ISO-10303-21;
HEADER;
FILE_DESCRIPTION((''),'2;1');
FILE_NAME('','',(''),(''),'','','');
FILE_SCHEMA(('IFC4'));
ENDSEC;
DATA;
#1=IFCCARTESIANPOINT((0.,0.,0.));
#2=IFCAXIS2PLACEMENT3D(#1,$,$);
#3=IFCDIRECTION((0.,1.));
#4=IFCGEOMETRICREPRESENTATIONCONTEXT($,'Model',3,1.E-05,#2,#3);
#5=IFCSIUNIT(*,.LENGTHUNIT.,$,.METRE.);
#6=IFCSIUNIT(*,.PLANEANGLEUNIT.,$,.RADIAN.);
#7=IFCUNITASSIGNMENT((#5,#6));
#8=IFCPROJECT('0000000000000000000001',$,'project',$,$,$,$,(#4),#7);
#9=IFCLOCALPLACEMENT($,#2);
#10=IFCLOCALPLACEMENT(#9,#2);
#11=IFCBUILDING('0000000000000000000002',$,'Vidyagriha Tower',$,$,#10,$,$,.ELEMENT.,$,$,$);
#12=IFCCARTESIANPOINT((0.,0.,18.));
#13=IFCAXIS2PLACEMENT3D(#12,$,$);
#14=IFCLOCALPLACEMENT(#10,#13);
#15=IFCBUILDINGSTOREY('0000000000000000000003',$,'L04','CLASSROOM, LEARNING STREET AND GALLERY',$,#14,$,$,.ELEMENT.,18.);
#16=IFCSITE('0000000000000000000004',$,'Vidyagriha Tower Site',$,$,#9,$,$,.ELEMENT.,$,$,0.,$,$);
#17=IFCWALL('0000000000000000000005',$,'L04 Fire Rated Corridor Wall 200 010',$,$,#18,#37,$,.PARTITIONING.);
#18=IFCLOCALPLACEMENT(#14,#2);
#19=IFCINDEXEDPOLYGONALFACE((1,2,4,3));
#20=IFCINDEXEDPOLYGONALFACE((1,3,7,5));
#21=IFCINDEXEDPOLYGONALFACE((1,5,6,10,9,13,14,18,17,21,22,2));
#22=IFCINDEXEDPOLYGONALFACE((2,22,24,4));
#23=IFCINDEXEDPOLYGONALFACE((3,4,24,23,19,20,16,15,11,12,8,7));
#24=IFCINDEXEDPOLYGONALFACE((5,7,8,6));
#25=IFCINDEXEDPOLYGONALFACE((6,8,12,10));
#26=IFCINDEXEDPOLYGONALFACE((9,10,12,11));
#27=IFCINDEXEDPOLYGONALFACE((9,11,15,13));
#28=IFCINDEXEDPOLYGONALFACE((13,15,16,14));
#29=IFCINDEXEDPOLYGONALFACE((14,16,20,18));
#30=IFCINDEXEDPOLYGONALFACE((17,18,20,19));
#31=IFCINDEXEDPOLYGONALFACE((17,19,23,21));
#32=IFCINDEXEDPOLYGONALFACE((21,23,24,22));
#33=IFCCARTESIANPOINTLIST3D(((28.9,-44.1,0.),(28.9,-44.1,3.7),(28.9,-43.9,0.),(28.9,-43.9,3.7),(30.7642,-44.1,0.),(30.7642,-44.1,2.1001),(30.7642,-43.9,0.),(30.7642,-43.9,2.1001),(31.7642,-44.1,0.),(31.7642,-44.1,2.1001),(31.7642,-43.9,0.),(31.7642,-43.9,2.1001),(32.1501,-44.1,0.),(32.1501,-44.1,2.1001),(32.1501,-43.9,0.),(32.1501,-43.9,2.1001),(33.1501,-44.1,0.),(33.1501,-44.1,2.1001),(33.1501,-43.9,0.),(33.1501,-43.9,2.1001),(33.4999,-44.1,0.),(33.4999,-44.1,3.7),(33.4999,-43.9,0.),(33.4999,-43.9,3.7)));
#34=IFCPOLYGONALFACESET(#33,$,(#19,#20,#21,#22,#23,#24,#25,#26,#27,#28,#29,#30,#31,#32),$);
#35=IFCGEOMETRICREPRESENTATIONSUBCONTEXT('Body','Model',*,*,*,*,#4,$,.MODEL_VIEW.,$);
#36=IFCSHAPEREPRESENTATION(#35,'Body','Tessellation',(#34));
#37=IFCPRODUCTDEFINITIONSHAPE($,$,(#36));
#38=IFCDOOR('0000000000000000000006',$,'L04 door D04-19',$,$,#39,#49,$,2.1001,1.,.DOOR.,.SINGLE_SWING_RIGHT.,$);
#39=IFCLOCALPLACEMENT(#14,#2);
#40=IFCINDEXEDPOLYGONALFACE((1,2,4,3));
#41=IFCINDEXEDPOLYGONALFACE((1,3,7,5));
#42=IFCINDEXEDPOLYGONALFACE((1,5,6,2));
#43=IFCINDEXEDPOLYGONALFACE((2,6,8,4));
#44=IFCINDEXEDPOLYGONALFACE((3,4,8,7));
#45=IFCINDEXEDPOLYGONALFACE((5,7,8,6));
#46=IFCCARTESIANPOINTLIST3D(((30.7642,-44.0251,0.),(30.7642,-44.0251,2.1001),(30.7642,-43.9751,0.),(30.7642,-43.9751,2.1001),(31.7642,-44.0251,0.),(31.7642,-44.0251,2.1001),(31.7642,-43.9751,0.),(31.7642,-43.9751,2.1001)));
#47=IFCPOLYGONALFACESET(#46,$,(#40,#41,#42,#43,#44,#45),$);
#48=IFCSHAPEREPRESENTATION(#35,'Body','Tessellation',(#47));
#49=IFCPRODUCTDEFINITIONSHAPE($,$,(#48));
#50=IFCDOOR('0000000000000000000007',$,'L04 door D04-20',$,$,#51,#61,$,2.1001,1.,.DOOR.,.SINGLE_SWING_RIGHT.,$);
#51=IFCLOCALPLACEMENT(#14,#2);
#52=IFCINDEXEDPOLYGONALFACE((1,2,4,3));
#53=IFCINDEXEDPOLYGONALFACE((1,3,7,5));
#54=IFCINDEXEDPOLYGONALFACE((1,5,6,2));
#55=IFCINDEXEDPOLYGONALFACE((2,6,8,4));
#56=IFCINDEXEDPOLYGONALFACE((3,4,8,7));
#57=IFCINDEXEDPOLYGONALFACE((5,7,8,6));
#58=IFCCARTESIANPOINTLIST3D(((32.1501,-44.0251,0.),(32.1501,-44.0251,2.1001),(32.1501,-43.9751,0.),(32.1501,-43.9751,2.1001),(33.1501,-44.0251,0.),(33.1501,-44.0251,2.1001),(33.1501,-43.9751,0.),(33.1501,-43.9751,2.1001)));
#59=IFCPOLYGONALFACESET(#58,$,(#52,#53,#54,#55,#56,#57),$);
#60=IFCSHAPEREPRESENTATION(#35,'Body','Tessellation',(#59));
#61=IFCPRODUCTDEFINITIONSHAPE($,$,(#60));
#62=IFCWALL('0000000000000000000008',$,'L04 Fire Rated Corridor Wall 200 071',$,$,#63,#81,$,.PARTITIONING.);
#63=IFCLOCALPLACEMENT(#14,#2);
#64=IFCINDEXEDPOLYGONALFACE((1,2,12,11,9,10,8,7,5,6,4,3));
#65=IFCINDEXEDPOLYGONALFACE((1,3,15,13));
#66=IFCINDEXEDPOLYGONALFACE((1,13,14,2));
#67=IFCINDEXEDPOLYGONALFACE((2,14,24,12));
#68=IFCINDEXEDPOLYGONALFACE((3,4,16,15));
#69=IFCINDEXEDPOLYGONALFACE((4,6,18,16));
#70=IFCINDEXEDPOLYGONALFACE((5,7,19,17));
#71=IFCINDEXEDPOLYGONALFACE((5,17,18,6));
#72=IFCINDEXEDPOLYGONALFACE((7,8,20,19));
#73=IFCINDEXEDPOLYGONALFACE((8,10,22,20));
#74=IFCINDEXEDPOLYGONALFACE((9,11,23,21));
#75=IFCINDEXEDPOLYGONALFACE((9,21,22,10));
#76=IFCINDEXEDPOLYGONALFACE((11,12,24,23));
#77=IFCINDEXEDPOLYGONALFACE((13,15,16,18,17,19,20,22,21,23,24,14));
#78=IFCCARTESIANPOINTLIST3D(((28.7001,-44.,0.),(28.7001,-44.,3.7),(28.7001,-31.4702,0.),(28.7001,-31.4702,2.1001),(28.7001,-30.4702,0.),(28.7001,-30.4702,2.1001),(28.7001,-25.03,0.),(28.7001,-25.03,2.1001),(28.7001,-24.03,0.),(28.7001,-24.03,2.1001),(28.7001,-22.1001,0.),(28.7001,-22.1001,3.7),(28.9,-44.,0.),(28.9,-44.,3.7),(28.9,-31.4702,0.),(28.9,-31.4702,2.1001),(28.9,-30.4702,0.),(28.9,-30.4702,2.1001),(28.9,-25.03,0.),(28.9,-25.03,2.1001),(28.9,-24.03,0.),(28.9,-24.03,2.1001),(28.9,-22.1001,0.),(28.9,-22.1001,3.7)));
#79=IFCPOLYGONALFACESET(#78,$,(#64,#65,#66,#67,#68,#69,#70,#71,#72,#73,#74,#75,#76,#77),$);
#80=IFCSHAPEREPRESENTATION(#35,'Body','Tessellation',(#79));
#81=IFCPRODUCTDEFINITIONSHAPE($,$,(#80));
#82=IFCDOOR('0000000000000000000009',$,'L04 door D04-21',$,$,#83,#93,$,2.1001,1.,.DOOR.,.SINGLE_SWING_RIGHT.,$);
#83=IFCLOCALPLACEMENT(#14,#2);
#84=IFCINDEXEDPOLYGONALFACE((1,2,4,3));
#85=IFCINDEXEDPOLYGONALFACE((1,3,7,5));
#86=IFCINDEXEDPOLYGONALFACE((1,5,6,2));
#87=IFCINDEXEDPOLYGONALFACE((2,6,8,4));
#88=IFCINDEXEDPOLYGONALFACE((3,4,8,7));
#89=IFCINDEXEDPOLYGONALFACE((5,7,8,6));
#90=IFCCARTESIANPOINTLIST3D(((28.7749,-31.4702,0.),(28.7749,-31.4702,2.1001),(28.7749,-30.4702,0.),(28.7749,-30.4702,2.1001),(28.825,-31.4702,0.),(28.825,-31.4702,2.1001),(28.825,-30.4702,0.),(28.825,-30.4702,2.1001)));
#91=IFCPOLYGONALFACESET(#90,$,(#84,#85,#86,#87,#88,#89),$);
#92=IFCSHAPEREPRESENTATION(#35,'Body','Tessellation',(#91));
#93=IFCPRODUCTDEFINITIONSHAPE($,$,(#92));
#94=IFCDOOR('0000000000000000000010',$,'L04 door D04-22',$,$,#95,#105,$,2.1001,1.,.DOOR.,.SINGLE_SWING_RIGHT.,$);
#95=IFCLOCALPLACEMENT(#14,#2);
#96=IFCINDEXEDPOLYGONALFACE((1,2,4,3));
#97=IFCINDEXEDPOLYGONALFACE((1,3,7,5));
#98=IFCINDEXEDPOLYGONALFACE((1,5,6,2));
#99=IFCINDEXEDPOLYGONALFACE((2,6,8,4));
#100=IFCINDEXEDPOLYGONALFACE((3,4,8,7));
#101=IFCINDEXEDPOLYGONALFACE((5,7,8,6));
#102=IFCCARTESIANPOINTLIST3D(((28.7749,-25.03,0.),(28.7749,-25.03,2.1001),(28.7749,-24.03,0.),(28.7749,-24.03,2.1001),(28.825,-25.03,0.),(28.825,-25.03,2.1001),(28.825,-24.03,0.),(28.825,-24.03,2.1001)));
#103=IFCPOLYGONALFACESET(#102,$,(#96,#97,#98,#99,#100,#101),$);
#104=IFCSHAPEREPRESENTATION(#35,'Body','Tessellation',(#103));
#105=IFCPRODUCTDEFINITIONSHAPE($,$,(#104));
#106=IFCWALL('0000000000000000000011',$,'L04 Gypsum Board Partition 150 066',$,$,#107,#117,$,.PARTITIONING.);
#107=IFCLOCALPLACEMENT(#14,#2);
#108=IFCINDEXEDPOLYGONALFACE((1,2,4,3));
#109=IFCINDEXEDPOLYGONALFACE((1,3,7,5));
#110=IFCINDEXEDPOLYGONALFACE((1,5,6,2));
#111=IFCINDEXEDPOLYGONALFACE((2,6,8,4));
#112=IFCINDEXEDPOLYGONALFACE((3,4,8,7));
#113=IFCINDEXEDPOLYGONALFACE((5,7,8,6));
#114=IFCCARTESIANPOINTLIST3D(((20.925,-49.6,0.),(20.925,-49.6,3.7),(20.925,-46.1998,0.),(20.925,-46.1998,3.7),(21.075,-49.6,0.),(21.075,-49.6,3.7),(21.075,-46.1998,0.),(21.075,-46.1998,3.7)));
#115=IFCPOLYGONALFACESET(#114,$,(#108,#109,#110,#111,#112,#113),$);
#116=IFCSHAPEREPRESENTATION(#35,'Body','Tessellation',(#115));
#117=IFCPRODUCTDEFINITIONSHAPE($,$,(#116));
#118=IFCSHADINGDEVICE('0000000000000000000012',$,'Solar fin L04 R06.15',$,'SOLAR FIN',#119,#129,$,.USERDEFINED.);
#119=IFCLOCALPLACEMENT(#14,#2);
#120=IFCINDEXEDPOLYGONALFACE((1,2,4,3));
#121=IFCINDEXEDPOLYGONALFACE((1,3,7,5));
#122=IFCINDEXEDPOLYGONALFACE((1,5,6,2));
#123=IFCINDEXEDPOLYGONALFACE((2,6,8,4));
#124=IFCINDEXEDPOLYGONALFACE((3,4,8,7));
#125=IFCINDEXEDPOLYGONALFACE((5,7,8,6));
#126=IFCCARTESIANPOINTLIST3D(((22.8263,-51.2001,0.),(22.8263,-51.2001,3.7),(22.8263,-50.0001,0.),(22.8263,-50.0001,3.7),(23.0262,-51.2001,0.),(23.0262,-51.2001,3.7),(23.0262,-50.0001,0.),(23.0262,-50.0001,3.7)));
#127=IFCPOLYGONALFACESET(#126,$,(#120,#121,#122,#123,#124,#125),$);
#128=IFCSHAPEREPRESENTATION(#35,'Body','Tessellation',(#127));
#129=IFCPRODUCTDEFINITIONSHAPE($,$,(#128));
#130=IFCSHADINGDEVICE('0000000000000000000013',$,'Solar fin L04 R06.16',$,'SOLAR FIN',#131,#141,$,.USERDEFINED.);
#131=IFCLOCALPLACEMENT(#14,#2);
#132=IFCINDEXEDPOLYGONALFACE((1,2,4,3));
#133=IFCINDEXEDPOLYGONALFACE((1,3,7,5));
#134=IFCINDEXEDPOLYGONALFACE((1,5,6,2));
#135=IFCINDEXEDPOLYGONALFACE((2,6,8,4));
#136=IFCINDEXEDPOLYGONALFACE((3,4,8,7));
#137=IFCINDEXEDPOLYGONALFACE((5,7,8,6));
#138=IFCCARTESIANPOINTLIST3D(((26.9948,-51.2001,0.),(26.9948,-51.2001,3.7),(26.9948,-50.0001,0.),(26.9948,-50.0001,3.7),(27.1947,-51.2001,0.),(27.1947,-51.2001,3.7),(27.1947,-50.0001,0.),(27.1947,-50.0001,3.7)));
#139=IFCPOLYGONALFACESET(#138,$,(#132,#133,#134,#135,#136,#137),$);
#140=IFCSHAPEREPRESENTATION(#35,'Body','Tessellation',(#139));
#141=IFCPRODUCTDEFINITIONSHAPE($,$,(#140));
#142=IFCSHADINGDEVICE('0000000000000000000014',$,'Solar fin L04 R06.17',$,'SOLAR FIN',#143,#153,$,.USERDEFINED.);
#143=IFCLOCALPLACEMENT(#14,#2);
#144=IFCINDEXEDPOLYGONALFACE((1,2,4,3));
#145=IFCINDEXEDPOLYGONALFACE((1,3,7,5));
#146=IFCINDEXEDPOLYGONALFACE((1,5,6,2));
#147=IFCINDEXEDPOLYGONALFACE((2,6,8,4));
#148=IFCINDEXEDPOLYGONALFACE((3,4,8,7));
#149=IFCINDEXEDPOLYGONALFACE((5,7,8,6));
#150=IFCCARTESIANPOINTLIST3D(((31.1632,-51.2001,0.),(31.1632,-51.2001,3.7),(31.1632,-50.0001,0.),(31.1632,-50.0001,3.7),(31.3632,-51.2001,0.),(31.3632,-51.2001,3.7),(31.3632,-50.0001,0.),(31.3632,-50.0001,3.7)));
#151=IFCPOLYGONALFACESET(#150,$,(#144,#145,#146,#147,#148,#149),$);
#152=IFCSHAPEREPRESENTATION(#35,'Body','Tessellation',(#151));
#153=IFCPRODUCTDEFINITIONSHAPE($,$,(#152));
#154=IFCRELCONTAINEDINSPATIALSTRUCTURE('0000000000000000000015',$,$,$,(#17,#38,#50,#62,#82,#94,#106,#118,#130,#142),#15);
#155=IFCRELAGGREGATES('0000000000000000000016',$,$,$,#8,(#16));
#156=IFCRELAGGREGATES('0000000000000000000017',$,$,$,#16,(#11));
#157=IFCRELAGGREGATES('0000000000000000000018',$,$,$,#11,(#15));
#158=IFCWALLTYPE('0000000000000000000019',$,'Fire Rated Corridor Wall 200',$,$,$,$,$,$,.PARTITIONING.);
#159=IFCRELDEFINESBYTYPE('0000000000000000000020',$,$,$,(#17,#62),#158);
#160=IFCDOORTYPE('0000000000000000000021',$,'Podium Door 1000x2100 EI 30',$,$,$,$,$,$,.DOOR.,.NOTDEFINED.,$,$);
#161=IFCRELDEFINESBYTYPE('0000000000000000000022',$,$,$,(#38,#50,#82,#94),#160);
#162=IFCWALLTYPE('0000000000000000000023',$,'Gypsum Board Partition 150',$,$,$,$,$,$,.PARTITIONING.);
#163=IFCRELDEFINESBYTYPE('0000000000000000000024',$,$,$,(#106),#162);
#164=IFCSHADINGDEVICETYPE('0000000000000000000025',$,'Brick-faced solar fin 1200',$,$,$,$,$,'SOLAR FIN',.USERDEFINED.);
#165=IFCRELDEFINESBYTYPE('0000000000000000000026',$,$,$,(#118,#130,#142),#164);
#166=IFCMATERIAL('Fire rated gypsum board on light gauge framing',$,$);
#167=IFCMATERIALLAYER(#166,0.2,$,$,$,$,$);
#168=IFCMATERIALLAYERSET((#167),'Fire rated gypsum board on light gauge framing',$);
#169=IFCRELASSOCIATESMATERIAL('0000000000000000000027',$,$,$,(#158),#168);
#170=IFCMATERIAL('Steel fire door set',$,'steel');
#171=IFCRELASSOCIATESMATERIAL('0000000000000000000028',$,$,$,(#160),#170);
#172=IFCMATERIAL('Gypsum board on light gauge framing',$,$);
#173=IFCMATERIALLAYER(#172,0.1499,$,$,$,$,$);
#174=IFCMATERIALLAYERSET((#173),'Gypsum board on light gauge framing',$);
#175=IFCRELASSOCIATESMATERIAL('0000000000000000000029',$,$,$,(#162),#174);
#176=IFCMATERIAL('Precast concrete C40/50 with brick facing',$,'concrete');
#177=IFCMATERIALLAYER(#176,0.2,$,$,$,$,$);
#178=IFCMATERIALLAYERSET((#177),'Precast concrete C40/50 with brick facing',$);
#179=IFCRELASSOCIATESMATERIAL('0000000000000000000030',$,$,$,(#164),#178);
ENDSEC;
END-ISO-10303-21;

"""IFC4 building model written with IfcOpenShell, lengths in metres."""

from ifc_helpers import new_model, si_unit, direction, frame, frame_2d, origin, place, context, subcontext, project, spatial, rectangle, extrude, material, layer, layer_set, type_object, element, fill, save


model = new_model("IFC4")

# Units and contexts
model_context = context("Model", 3, precision=1e-05, world=origin(), true_north=direction((0.0, 1.0)))
body_context = subcontext(model_context, "Body", "Model", "MODEL_VIEW")
ifc_project = project(units=[si_unit("LENGTHUNIT", "METRE"), si_unit("PLANEANGLEUNIT", "RADIAN")], contexts=[model_context])

# Site, building, storey
site_placement = place(None, origin())
site = spatial("IfcSite", under=ifc_project, at=site_placement, Name="Vidyagriha Tower Site", CompositionType="ELEMENT", RefElevation=0.0)
building_placement = place(site_placement, origin())
building = spatial("IfcBuilding", under=site, at=building_placement, Name="Vidyagriha Tower", CompositionType="ELEMENT")
storey_placement = place(building_placement, frame((0.0, 0.0, 18.0)))
storey = spatial("IfcBuildingStorey", under=building, at=storey_placement, Name="L04", Description="CLASSROOM, LEARNING STREET AND GALLERY", CompositionType="ELEMENT", Elevation=18.0)

# Walls, openings, doors
ifc_material_1 = material(Name="Fire rated gypsum board on light gauge framing")
ifc_layer_1 = layer(ifc_material_1, 0.2)
ifc_layer_set_1 = layer_set([ifc_layer_1], Name="Fire rated gypsum board on light gauge framing")
wall_type_1 = type_object("IfcWallType", Name="Fire Rated Corridor Wall 200", PredefinedType="PARTITIONING", material=ifc_layer_set_1)
wall_1_placement = place(storey_placement, frame((28.9001, -44.0, 0.0)))
wall_1 = element("IfcWall", 1, at=wall_1_placement, inside=storey, type_object=wall_type_1, Name="L04 Fire Rated Corridor Wall 200 010", PredefinedType="PARTITIONING", context=body_context, shape_type="SweptSolid", body=[
    extrude(rectangle(XDim=4.5999, YDim=0.2, at=frame_2d((2.2998, 0.0))), origin(), (0.0, 0.0, 1.0), 3.7),
])
opening_1_placement = place(wall_1_placement, frame((1.864, 0.0, 0.0)))
opening_1 = element("IfcOpeningElement", 2, at=opening_1_placement, cuts=wall_1, PredefinedType="OPENING", context=body_context, shape_type="SweptSolid", body=[
    extrude(rectangle(XDim=1.0, YDim=2.1001, at=frame_2d((0.5, 1.05))), frame((0.0, 0.1099, 0.0), z_axis=(0.0, -1.0, 0.0), x_axis=(1.0, 0.0, 0.0)), (0.0, 0.0, 1.0), 0.22),
])
opening_2_placement = place(wall_1_placement, frame((3.25, 0.0, 0.0)))
opening_2 = element("IfcOpeningElement", 3, at=opening_2_placement, cuts=wall_1, PredefinedType="OPENING", context=body_context, shape_type="SweptSolid", body=[
    extrude(rectangle(XDim=1.0, YDim=2.1001, at=frame_2d((0.5, 1.05))), frame((0.0, 0.1099, 0.0), z_axis=(0.0, -1.0, 0.0), x_axis=(1.0, 0.0, 0.0)), (0.0, 0.0, 1.0), 0.22),
])
ifc_material_2 = material(Name="Steel fire door set", Category="steel")
door_type_1 = type_object("IfcDoorType", Name="Podium Door 1000x2100 EI 30", OperationType="NOTDEFINED", PredefinedType="DOOR", material=ifc_material_2)
door_1_placement = place(opening_1_placement, origin())
door_1 = element("IfcDoor", 4, at=door_1_placement, inside=storey, type_object=door_type_1, Name="L04 door D04-19", OperationType="SINGLE_SWING_RIGHT", OverallHeight=2.1001, OverallWidth=1.0, PredefinedType="DOOR", context=body_context, shape_type="SweptSolid", body=[
    extrude(rectangle(XDim=1.0, YDim=2.1001, at=frame_2d((0.5, 1.05))), frame((0.0, 0.0249, 0.0), z_axis=(0.0, -1.0, 0.0), x_axis=(1.0, 0.0, 0.0)), (0.0, 0.0, 1.0), 0.05),
])
fill(opening_1, door_1)
door_2_placement = place(opening_2_placement, origin())
door_2 = element("IfcDoor", 5, at=door_2_placement, inside=storey, type_object=door_type_1, Name="L04 door D04-20", OperationType="SINGLE_SWING_RIGHT", OverallHeight=2.1001, OverallWidth=1.0, PredefinedType="DOOR", context=body_context, shape_type="SweptSolid", body=[
    extrude(rectangle(XDim=1.0, YDim=2.1001, at=frame_2d((0.5, 1.05))), frame((0.0, 0.0249, 0.0), z_axis=(0.0, -1.0, 0.0), x_axis=(1.0, 0.0, 0.0)), (0.0, 0.0, 1.0), 0.05),
])
fill(opening_2, door_2)
wall_2_placement = place(storey_placement, frame((28.8, -44.0, 0.0), z_axis=(0.0, 0.0, 1.0), x_axis=(0.0, 1.0, 0.0)))
wall_2 = element("IfcWall", 6, at=wall_2_placement, inside=storey, type_object=wall_type_1, Name="L04 Fire Rated Corridor Wall 200 071", PredefinedType="PARTITIONING", context=body_context, shape_type="SweptSolid", body=[
    extrude(rectangle(XDim=21.8999, YDim=0.2, at=frame_2d((10.95, 0.0))), origin(), (0.0, 0.0, 1.0), 3.7),
])
opening_3_placement = place(wall_2_placement, frame((12.5298, 0.0, 0.0)))
opening_3 = element("IfcOpeningElement", 7, at=opening_3_placement, cuts=wall_2, PredefinedType="OPENING", context=body_context, shape_type="SweptSolid", body=[
    extrude(rectangle(XDim=1.0, YDim=2.1001, at=frame_2d((0.5, 1.05))), frame((0.0, 0.1099, 0.0), z_axis=(0.0, -1.0, 0.0), x_axis=(1.0, 0.0, 0.0)), (0.0, 0.0, 1.0), 0.22),
])
opening_4_placement = place(wall_2_placement, frame((18.97, 0.0, 0.0)))
opening_4 = element("IfcOpeningElement", 8, at=opening_4_placement, cuts=wall_2, PredefinedType="OPENING", context=body_context, shape_type="SweptSolid", body=[
    extrude(rectangle(XDim=1.0, YDim=2.1001, at=frame_2d((0.5, 1.05))), frame((0.0, 0.1099, 0.0), z_axis=(0.0, -1.0, 0.0), x_axis=(1.0, 0.0, 0.0)), (0.0, 0.0, 1.0), 0.22),
])
door_3_placement = place(opening_3_placement, frame((1.0, 0.0, 0.0), z_axis=(0.0, 0.0, 1.0), x_axis=(-1.0, 0.0, 0.0)))
door_3 = element("IfcDoor", 9, at=door_3_placement, inside=storey, type_object=door_type_1, Name="L04 door D04-21", OperationType="SINGLE_SWING_RIGHT", OverallHeight=2.1001, OverallWidth=1.0, PredefinedType="DOOR", context=body_context, shape_type="SweptSolid", body=[
    extrude(rectangle(XDim=1.0, YDim=2.1001, at=frame_2d((0.5, 1.05))), frame((0.0, 0.0249, 0.0), z_axis=(0.0, -1.0, 0.0), x_axis=(1.0, 0.0, 0.0)), (0.0, 0.0, 1.0), 0.05),
])
fill(opening_3, door_3)
door_4_placement = place(opening_4_placement, frame((1.0, 0.0, 0.0), z_axis=(0.0, 0.0, 1.0), x_axis=(-1.0, 0.0, 0.0)))
door_4 = element("IfcDoor", 10, at=door_4_placement, inside=storey, type_object=door_type_1, Name="L04 door D04-22", OperationType="SINGLE_SWING_RIGHT", OverallHeight=2.1001, OverallWidth=1.0, PredefinedType="DOOR", context=body_context, shape_type="SweptSolid", body=[
    extrude(rectangle(XDim=1.0, YDim=2.1001, at=frame_2d((0.5, 1.05))), frame((0.0, 0.0249, 0.0), z_axis=(0.0, -1.0, 0.0), x_axis=(1.0, 0.0, 0.0)), (0.0, 0.0, 1.0), 0.05),
])
fill(opening_4, door_4)

# Wall
ifc_material_3 = material(Name="Gypsum board on light gauge framing")
ifc_layer_2 = layer(ifc_material_3, 0.1499)
ifc_layer_set_2 = layer_set([ifc_layer_2], Name="Gypsum board on light gauge framing")
wall_type_2 = type_object("IfcWallType", Name="Gypsum Board Partition 150", PredefinedType="PARTITIONING", material=ifc_layer_set_2)
wall_3_placement = place(storey_placement, frame((21.0, -49.6001, 0.0), z_axis=(0.0, 0.0, 1.0), x_axis=(0.0, 1.0, 0.0)))
element("IfcWall", 11, at=wall_3_placement, inside=storey, type_object=wall_type_2, Name="L04 Gypsum Board Partition 150 066", PredefinedType="PARTITIONING", context=body_context, shape_type="SweptSolid", body=[
    extrude(rectangle(XDim=3.4001, YDim=0.1499, at=frame_2d((1.7002, 0.0))), origin(), (0.0, 0.0, 1.0), 3.7),
])

# Shading devices
ifc_material_4 = material(Name="Precast concrete C40/50 with brick facing", Category="concrete")
ifc_layer_3 = layer(ifc_material_4, 0.2)
ifc_layer_set_3 = layer_set([ifc_layer_3], Name="Precast concrete C40/50 with brick facing")
shading_device_type = type_object("IfcShadingDeviceType", Name="Brick-faced solar fin 1200", ElementType="SOLAR FIN", PredefinedType="USERDEFINED", material=ifc_layer_set_3)
for number, where, z_axis, x_axis, name in (
    (12, (22.9263, -50.0, 0.0), (0.0, 0.0, 1.0), (0.0, -1.0, 0.0), "Solar fin L04 R06.15"),
    (13, (27.0947, -50.0, 0.0), (0.0, 0.0, 1.0), (0.0, -1.0, 0.0), "Solar fin L04 R06.16"),
    (14, (31.2632, -50.0, 0.0), (0.0, 0.0, 1.0), (0.0, -1.0, 0.0), "Solar fin L04 R06.17"),
):
    element("IfcShadingDevice", number, at=place(storey_placement, frame(where, z_axis=z_axis, x_axis=x_axis)), inside=storey, type_object=shading_device_type, Name=name, ObjectType="SOLAR FIN", PredefinedType="USERDEFINED", context=body_context, shape_type="SweptSolid", body=[
        extrude(rectangle(XDim=1.2, YDim=0.2, at=frame_2d((0.6001, 0.0))), origin(), (0.0, 0.0, 1.0), 3.7),
    ])

save(model, "model.ifc")
